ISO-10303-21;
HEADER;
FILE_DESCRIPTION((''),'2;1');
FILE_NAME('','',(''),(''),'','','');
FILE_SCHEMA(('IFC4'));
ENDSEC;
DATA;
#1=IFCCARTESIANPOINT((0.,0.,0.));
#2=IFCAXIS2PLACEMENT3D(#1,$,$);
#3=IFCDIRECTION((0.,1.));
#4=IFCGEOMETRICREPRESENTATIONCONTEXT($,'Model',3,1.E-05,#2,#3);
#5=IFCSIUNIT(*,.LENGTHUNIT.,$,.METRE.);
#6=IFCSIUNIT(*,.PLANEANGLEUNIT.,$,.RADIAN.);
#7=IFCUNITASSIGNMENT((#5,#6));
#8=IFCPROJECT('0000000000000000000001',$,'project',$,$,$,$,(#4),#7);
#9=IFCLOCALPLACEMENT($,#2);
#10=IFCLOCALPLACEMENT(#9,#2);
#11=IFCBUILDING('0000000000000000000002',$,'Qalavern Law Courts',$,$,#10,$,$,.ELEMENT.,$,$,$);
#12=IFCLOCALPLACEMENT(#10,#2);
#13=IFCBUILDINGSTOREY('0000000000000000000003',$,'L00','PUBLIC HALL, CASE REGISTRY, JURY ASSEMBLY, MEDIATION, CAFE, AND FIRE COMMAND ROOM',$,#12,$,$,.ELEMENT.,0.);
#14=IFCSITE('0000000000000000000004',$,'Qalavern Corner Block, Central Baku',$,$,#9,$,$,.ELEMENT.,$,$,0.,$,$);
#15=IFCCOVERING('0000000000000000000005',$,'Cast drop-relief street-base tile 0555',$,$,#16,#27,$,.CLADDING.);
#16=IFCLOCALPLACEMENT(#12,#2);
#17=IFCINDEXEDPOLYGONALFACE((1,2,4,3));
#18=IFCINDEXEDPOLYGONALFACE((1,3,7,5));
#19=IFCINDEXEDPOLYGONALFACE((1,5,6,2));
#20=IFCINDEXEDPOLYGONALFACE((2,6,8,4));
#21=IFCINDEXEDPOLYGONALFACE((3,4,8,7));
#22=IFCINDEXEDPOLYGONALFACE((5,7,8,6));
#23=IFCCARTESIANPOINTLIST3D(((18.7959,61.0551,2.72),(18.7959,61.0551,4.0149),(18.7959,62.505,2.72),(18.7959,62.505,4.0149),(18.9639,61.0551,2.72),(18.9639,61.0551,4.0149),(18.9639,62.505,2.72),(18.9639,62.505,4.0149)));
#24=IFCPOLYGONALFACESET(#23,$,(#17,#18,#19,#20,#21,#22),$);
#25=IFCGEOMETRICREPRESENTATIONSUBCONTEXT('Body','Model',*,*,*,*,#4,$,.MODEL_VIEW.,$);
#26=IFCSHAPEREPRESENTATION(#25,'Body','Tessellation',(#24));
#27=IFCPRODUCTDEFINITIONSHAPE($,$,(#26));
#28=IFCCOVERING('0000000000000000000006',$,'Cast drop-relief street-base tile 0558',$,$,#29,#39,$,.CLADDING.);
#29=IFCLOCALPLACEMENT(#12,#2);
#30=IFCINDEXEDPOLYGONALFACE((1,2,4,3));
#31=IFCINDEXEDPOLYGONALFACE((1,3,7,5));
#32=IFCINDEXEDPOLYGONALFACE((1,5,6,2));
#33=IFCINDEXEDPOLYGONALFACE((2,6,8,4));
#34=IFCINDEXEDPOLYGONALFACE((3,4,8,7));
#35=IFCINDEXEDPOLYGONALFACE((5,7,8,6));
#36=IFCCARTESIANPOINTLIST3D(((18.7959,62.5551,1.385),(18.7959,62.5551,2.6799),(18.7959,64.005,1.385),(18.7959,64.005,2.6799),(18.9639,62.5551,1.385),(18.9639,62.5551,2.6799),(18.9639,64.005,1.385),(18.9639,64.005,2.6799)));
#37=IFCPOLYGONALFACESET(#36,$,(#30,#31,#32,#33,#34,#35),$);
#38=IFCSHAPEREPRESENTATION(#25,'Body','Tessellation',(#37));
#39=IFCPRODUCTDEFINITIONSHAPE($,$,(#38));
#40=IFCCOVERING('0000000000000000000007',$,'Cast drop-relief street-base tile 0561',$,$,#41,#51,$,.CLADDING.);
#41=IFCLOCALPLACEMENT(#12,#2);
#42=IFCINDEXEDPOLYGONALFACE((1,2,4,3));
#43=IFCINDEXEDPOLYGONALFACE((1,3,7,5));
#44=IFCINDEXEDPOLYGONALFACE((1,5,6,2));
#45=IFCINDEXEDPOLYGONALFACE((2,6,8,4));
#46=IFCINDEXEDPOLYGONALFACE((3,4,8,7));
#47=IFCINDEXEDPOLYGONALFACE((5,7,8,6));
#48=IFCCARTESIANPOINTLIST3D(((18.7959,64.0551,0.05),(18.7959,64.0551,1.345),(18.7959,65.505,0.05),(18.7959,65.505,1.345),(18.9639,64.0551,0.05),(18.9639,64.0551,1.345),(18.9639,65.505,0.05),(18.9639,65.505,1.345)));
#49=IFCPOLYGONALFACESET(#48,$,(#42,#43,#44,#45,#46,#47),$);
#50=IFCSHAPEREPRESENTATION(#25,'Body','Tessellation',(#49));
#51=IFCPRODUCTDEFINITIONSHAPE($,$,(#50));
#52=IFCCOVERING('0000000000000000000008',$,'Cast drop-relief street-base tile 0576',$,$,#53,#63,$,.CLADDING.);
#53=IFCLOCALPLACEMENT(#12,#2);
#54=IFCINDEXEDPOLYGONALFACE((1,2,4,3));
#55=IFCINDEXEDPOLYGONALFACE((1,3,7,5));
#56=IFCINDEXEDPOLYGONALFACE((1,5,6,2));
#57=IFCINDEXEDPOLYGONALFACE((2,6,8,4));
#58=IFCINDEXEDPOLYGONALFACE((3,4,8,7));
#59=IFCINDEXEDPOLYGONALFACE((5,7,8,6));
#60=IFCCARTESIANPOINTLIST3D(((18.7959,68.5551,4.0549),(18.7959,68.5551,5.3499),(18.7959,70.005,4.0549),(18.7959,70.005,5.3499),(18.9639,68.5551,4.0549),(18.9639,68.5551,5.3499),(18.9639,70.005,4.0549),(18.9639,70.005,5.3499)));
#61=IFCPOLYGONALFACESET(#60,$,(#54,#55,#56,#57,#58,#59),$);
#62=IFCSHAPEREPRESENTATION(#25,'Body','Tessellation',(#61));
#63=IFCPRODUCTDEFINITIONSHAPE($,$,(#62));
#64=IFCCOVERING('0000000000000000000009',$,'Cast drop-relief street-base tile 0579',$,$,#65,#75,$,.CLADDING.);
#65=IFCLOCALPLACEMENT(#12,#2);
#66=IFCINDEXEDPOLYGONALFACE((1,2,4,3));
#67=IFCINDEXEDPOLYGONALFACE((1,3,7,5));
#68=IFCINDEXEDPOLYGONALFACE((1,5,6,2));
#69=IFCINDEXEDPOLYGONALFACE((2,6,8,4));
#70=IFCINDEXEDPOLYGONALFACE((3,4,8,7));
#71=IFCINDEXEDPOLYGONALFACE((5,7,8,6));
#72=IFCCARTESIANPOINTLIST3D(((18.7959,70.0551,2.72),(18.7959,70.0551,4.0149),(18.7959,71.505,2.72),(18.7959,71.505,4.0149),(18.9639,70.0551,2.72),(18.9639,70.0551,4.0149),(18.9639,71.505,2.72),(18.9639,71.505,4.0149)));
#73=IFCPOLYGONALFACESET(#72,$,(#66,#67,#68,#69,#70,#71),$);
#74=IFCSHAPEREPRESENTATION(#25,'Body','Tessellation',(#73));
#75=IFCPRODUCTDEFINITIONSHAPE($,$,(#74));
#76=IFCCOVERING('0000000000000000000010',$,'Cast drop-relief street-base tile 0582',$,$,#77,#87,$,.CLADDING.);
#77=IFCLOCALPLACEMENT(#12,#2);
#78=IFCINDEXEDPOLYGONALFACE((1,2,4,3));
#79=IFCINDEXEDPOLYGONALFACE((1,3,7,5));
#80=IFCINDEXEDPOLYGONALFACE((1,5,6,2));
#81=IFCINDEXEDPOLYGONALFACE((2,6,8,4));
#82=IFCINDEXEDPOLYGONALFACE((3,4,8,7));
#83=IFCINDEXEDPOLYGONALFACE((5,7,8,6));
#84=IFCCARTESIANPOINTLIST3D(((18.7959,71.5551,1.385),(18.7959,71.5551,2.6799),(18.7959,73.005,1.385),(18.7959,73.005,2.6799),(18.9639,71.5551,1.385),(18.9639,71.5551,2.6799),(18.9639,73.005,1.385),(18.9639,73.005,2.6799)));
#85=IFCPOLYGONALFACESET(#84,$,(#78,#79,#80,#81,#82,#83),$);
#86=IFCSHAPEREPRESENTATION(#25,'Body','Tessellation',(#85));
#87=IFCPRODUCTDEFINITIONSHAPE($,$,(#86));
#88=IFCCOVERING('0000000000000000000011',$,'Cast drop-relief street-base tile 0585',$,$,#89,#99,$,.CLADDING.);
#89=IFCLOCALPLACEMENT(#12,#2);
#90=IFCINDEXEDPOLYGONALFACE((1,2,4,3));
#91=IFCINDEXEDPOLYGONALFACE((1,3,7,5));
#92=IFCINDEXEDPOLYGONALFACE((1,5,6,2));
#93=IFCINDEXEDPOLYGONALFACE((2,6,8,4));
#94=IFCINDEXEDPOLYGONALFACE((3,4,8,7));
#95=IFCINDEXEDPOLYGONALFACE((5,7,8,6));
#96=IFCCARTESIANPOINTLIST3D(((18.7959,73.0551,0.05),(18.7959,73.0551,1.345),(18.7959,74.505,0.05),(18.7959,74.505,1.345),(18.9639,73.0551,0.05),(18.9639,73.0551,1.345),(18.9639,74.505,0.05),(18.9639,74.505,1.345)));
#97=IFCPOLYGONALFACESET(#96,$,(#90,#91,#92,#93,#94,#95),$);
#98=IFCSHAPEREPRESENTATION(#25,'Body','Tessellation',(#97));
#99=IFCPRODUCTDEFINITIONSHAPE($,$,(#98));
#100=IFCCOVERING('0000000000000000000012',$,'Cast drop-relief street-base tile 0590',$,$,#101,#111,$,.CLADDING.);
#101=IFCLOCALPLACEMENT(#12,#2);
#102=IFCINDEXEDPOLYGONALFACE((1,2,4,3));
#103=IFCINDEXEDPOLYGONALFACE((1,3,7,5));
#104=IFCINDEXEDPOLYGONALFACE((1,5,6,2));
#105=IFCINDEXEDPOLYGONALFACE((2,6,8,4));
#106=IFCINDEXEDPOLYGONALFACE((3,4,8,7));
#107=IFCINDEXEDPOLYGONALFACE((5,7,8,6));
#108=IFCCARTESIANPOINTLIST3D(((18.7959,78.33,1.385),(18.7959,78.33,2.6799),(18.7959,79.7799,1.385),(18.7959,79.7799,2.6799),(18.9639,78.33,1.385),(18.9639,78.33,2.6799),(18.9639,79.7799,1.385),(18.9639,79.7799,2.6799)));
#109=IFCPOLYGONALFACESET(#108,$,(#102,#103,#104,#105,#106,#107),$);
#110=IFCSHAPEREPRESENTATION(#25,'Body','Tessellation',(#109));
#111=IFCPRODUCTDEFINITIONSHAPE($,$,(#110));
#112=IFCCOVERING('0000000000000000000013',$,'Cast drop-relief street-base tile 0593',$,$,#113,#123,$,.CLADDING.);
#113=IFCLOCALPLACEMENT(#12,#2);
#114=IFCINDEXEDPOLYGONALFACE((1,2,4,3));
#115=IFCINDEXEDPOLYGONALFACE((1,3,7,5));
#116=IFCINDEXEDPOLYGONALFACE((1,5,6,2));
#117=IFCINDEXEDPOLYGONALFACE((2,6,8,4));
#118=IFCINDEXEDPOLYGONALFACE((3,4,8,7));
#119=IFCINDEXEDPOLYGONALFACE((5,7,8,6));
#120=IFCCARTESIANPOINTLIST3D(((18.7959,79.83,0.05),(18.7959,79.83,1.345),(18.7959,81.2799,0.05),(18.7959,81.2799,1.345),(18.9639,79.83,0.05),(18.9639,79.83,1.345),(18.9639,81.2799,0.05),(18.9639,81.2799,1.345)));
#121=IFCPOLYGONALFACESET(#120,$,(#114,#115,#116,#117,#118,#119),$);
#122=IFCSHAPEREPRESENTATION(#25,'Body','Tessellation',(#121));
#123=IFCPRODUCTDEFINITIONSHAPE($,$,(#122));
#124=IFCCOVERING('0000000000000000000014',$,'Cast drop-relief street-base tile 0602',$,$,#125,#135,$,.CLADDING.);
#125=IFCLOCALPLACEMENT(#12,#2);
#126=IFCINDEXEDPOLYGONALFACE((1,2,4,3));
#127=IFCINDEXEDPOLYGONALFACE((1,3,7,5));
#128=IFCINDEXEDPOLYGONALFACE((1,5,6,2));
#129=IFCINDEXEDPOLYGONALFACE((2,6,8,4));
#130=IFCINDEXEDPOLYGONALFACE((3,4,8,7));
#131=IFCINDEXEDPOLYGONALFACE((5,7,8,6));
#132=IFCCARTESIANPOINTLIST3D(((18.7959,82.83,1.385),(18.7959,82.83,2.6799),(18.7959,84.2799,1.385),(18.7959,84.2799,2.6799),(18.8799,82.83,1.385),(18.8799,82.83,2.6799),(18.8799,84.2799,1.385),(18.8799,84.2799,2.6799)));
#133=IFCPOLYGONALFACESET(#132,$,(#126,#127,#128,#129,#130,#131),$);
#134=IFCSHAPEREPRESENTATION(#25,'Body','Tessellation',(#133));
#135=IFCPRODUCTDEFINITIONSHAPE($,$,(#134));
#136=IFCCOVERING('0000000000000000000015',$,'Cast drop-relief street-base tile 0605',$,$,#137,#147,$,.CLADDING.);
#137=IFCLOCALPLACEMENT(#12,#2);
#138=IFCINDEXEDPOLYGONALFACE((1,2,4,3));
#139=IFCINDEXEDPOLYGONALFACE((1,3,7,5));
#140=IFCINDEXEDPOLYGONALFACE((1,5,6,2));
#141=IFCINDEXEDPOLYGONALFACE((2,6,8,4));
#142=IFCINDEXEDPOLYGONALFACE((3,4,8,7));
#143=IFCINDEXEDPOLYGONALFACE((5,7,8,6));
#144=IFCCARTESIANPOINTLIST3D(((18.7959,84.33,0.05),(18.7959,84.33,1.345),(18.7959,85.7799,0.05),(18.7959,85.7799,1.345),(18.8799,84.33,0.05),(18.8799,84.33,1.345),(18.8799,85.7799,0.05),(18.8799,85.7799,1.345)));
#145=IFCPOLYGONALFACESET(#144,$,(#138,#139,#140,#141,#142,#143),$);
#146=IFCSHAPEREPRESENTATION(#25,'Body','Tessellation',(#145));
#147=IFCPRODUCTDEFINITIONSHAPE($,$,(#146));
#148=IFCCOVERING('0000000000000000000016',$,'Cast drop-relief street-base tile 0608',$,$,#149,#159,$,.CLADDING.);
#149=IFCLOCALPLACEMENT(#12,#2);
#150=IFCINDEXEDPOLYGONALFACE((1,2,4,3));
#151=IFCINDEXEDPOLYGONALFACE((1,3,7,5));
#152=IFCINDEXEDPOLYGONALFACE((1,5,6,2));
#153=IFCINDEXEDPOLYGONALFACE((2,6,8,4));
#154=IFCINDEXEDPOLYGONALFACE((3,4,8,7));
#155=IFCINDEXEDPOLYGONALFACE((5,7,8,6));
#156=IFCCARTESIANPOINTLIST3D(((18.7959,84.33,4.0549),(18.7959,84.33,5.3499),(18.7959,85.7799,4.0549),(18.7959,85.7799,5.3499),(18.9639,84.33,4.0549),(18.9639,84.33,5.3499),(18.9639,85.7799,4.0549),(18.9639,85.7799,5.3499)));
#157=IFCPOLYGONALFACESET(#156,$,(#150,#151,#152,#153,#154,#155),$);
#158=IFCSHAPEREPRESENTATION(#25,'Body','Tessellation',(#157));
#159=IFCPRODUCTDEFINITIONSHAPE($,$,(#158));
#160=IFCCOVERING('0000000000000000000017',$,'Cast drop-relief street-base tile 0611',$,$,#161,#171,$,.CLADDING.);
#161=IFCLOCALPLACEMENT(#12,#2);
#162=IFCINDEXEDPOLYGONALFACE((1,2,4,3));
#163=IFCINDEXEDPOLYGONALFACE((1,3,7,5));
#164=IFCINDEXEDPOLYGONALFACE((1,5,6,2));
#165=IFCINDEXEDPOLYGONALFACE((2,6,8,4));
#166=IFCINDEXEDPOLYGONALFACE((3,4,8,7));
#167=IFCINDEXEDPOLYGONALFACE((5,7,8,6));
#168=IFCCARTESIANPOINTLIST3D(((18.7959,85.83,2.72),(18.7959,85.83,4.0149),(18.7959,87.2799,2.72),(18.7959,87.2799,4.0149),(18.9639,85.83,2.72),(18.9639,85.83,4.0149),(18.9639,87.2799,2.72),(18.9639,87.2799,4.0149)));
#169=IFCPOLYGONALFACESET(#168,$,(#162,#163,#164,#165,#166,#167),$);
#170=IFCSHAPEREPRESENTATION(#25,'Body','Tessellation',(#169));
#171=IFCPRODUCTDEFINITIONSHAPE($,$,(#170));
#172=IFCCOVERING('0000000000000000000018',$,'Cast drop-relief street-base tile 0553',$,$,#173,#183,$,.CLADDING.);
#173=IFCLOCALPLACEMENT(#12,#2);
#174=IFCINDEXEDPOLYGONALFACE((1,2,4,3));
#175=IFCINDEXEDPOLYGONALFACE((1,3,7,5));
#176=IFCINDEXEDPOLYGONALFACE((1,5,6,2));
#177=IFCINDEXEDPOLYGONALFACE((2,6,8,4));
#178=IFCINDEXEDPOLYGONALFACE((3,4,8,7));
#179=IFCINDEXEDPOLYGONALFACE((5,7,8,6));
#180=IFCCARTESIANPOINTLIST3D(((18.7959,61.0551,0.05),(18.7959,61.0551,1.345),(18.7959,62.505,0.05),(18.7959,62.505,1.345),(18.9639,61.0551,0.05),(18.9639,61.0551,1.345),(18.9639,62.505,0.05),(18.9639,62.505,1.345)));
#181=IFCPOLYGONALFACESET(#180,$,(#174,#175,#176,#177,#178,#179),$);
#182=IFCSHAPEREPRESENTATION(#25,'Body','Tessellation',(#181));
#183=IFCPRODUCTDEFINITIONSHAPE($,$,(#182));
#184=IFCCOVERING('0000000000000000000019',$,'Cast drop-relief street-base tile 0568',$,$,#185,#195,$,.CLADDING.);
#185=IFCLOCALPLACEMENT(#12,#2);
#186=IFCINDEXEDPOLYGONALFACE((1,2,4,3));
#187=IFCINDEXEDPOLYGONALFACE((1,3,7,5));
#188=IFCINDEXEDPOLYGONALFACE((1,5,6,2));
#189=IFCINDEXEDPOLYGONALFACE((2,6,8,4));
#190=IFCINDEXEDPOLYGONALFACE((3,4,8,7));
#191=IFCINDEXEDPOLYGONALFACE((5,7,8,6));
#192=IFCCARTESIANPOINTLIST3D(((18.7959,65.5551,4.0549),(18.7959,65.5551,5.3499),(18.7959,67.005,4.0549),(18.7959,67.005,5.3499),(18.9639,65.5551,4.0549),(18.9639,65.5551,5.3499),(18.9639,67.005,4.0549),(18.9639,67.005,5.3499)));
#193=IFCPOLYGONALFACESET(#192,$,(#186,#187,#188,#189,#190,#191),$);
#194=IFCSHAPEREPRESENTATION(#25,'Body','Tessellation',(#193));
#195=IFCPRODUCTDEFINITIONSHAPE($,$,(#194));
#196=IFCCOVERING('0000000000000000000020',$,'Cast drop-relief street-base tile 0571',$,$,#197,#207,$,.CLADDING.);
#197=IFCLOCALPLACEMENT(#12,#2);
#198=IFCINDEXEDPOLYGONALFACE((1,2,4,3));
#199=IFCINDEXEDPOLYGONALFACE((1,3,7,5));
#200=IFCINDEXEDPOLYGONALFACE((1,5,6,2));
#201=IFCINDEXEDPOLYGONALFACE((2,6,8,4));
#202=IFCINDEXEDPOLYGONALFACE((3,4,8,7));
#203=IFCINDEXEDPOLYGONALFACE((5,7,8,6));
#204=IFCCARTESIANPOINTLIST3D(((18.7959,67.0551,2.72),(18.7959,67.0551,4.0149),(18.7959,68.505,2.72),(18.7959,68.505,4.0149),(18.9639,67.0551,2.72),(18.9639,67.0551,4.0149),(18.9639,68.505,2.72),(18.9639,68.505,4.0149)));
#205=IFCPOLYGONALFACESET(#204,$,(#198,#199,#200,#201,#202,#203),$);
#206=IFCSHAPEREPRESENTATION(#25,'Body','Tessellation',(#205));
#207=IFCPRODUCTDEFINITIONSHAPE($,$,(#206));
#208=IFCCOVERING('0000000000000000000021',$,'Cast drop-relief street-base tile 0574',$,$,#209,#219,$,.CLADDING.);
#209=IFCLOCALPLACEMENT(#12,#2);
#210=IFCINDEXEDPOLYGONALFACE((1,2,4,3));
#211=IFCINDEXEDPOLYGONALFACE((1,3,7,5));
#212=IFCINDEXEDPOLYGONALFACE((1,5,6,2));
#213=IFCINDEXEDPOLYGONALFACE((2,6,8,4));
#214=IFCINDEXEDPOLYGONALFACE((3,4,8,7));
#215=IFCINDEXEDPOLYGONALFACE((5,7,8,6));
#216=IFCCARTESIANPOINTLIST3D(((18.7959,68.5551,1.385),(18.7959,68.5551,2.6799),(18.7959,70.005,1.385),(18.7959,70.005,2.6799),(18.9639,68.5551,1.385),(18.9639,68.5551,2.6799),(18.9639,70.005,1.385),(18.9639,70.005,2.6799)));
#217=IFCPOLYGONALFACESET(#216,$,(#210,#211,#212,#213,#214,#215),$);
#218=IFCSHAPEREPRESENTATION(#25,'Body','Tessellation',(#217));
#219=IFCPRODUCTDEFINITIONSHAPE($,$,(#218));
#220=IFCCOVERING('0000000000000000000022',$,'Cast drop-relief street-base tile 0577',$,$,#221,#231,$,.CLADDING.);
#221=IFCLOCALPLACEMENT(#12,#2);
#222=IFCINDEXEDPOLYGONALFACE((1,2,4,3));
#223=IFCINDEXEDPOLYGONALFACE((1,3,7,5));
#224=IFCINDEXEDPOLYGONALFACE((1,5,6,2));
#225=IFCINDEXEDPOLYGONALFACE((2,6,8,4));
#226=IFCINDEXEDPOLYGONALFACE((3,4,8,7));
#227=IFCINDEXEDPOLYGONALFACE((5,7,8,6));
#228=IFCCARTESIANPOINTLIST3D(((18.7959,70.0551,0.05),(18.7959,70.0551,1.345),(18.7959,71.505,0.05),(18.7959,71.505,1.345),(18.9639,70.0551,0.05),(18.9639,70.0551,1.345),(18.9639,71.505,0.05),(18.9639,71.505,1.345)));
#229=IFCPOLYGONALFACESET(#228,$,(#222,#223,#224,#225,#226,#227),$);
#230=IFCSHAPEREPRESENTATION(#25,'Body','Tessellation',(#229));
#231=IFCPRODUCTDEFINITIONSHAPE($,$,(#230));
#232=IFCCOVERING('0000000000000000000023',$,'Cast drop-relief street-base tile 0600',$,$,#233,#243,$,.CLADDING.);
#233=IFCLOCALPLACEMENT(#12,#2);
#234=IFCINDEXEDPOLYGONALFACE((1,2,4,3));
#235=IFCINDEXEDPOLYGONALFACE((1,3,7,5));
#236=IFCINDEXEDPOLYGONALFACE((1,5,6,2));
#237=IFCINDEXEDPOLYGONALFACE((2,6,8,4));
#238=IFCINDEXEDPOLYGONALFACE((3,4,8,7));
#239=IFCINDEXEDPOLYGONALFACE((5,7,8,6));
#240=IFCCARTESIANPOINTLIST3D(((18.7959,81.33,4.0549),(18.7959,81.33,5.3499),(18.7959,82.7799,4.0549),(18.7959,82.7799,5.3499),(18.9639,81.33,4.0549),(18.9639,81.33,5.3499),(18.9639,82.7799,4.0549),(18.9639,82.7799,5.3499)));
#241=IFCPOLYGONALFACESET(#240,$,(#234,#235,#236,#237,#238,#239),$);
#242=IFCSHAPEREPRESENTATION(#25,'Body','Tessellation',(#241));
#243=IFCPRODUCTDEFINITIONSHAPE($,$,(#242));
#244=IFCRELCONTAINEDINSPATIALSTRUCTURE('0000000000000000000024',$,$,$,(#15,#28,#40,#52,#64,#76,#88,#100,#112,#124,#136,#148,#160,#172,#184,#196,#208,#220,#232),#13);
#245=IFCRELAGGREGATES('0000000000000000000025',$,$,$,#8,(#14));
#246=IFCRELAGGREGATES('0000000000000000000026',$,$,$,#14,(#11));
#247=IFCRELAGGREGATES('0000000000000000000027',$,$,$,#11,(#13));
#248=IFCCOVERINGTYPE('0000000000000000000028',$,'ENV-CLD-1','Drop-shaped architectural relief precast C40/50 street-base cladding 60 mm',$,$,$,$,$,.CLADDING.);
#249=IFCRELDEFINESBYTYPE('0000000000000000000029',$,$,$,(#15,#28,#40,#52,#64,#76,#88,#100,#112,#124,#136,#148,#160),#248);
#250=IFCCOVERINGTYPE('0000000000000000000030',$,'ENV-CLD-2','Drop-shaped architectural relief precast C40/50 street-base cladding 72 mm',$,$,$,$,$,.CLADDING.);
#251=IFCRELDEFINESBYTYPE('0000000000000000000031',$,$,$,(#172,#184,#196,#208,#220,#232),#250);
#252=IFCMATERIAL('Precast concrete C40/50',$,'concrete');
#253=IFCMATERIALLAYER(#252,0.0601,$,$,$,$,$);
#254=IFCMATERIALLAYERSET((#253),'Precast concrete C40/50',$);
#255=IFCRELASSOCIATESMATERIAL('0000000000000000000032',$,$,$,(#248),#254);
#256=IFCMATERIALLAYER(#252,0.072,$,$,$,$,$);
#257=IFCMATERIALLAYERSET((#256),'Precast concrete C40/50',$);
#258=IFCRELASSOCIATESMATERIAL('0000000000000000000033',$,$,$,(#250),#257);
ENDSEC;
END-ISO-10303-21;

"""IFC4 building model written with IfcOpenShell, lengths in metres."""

from ifc_helpers import new_model, si_unit, direction, frame, origin, origin_2d, place, context, subcontext, project, spatial, rectangle, extrude, material, layer, layer_set, type_object, element, save


model = new_model("IFC4")

# Units and contexts
model_context = context("Model", 3, precision=1e-05, world=origin(), true_north=direction((0.0, 1.0)))
body_context = subcontext(model_context, "Body", "Model", "MODEL_VIEW")
ifc_project = project(units=[si_unit("LENGTHUNIT", "METRE"), si_unit("PLANEANGLEUNIT", "RADIAN")], contexts=[model_context])

# Site, building, storey
site_placement = place(None, origin())
site = spatial("IfcSite", under=ifc_project, at=site_placement, Name="Qalavern Corner Block, Central Baku", CompositionType="ELEMENT", RefElevation=0.0)
building_placement = place(site_placement, origin())
building = spatial("IfcBuilding", under=site, at=building_placement, Name="Qalavern Law Courts", CompositionType="ELEMENT")
storey_placement = place(building_placement, origin())
storey = spatial("IfcBuildingStorey", under=building, at=storey_placement, Name="L00", Description="PUBLIC HALL, CASE REGISTRY, JURY ASSEMBLY, MEDIATION, CAFE, AND FIRE COMMAND ROOM", CompositionType="ELEMENT", Elevation=0.0)

# Coverings
ifc_material = material(Name="Precast concrete C40/50", Category="concrete")
ifc_layer_1 = layer(ifc_material, 0.0601)
ifc_layer_set_1 = layer_set([ifc_layer_1], Name="Precast concrete C40/50")
covering_type_1 = type_object("IfcCoveringType", Name="ENV-CLD-1", Description="Drop-shaped architectural relief precast C40/50 street-base cladding 60 mm", PredefinedType="CLADDING", material=ifc_layer_set_1)
for number, where, z_axis, x_axis, name in (
    (1, (18.8799, 61.78, 2.72), (0.0, 0.0, 1.0), (0.0, 1.0, 0.0), "Cast drop-relief street-base tile 0555"),
    (2, (18.8799, 63.28, 1.385), (0.0, 0.0, 1.0), (0.0, 1.0, 0.0), "Cast drop-relief street-base tile 0558"),
    (3, (18.8799, 64.78, 0.05), (0.0, 0.0, 1.0), (0.0, 1.0, 0.0), "Cast drop-relief street-base tile 0561"),
    (4, (18.8799, 69.28, 4.0549), (0.0, 0.0, 1.0), (0.0, 1.0, 0.0), "Cast drop-relief street-base tile 0576"),
    (5, (18.8799, 70.78, 2.72), (0.0, 0.0, 1.0), (0.0, 1.0, 0.0), "Cast drop-relief street-base tile 0579"),
    (6, (18.8799, 72.28, 1.385), (0.0, 0.0, 1.0), (0.0, 1.0, 0.0), "Cast drop-relief street-base tile 0582"),
    (7, (18.8799, 73.78, 0.05), (0.0, 0.0, 1.0), (0.0, 1.0, 0.0), "Cast drop-relief street-base tile 0585"),
    (8, (18.8799, 79.0549, 1.385), (0.0, 0.0, 1.0), (0.0, 1.0, 0.0), "Cast drop-relief street-base tile 0590"),
    (9, (18.8799, 80.5549, 0.05), (0.0, 0.0, 1.0), (0.0, 1.0, 0.0), "Cast drop-relief street-base tile 0593"),
):
    element("IfcCovering", number, at=place(storey_placement, frame(where, z_axis=z_axis, x_axis=x_axis)), inside=storey, type_object=covering_type_1, Name=name, PredefinedType="CLADDING", context=body_context, shape_type="SweptSolid", body=[
        extrude(rectangle(XDim=1.45, YDim=0.168, at=origin_2d()), origin(), (0.0, 0.0, 1.0), 1.2949),
    ])
for number, where, z_axis, x_axis, name in (
    (10, (18.8379, 83.5549, 1.385), (0.0, 0.0, 1.0), (0.0, 1.0, 0.0), "Cast drop-relief street-base tile 0602"),
    (11, (18.8379, 85.0549, 0.05), (0.0, 0.0, 1.0), (0.0, 1.0, 0.0), "Cast drop-relief street-base tile 0605"),
):
    element("IfcCovering", number, at=place(storey_placement, frame(where, z_axis=z_axis, x_axis=x_axis)), inside=storey, type_object=covering_type_1, Name=name, PredefinedType="CLADDING", context=body_context, shape_type="SweptSolid", body=[
        extrude(rectangle(XDim=1.45, YDim=0.084, at=origin_2d()), origin(), (0.0, 0.0, 1.0), 1.2949),
    ])
for number, where, z_axis, x_axis, name in (
    (12, (18.8799, 85.0549, 4.0549), (0.0, 0.0, 1.0), (0.0, 1.0, 0.0), "Cast drop-relief street-base tile 0608"),
    (13, (18.8799, 86.5549, 2.72), (0.0, 0.0, 1.0), (0.0, 1.0, 0.0), "Cast drop-relief street-base tile 0611"),
):
    element("IfcCovering", number, at=place(storey_placement, frame(where, z_axis=z_axis, x_axis=x_axis)), inside=storey, type_object=covering_type_1, Name=name, PredefinedType="CLADDING", context=body_context, shape_type="SweptSolid", body=[
        extrude(rectangle(XDim=1.45, YDim=0.168, at=origin_2d()), origin(), (0.0, 0.0, 1.0), 1.2949),
    ])
ifc_layer_2 = layer(ifc_material, 0.072)
ifc_layer_set_2 = layer_set([ifc_layer_2], Name="Precast concrete C40/50")
covering_type_2 = type_object("IfcCoveringType", Name="ENV-CLD-2", Description="Drop-shaped architectural relief precast C40/50 street-base cladding 72 mm", PredefinedType="CLADDING", material=ifc_layer_set_2)
for number, where, z_axis, x_axis, name in (
    (14, (18.8799, 61.78, 0.05), (0.0, 0.0, 1.0), (0.0, 1.0, 0.0), "Cast drop-relief street-base tile 0553"),
    (15, (18.8799, 66.28, 4.0549), (0.0, 0.0, 1.0), (0.0, 1.0, 0.0), "Cast drop-relief street-base tile 0568"),
    (16, (18.8799, 67.78, 2.72), (0.0, 0.0, 1.0), (0.0, 1.0, 0.0), "Cast drop-relief street-base tile 0571"),
    (17, (18.8799, 69.28, 1.385), (0.0, 0.0, 1.0), (0.0, 1.0, 0.0), "Cast drop-relief street-base tile 0574"),
    (18, (18.8799, 70.78, 0.05), (0.0, 0.0, 1.0), (0.0, 1.0, 0.0), "Cast drop-relief street-base tile 0577"),
    (19, (18.8799, 82.0549, 4.0549), (0.0, 0.0, 1.0), (0.0, 1.0, 0.0), "Cast drop-relief street-base tile 0600"),
):
    element("IfcCovering", number, at=place(storey_placement, frame(where, z_axis=z_axis, x_axis=x_axis)), inside=storey, type_object=covering_type_2, Name=name, PredefinedType="CLADDING", context=body_context, shape_type="SweptSolid", body=[
        extrude(rectangle(XDim=1.45, YDim=0.168, at=origin_2d()), origin(), (0.0, 0.0, 1.0), 1.2949),
    ])

save(model, "model.ifc")
